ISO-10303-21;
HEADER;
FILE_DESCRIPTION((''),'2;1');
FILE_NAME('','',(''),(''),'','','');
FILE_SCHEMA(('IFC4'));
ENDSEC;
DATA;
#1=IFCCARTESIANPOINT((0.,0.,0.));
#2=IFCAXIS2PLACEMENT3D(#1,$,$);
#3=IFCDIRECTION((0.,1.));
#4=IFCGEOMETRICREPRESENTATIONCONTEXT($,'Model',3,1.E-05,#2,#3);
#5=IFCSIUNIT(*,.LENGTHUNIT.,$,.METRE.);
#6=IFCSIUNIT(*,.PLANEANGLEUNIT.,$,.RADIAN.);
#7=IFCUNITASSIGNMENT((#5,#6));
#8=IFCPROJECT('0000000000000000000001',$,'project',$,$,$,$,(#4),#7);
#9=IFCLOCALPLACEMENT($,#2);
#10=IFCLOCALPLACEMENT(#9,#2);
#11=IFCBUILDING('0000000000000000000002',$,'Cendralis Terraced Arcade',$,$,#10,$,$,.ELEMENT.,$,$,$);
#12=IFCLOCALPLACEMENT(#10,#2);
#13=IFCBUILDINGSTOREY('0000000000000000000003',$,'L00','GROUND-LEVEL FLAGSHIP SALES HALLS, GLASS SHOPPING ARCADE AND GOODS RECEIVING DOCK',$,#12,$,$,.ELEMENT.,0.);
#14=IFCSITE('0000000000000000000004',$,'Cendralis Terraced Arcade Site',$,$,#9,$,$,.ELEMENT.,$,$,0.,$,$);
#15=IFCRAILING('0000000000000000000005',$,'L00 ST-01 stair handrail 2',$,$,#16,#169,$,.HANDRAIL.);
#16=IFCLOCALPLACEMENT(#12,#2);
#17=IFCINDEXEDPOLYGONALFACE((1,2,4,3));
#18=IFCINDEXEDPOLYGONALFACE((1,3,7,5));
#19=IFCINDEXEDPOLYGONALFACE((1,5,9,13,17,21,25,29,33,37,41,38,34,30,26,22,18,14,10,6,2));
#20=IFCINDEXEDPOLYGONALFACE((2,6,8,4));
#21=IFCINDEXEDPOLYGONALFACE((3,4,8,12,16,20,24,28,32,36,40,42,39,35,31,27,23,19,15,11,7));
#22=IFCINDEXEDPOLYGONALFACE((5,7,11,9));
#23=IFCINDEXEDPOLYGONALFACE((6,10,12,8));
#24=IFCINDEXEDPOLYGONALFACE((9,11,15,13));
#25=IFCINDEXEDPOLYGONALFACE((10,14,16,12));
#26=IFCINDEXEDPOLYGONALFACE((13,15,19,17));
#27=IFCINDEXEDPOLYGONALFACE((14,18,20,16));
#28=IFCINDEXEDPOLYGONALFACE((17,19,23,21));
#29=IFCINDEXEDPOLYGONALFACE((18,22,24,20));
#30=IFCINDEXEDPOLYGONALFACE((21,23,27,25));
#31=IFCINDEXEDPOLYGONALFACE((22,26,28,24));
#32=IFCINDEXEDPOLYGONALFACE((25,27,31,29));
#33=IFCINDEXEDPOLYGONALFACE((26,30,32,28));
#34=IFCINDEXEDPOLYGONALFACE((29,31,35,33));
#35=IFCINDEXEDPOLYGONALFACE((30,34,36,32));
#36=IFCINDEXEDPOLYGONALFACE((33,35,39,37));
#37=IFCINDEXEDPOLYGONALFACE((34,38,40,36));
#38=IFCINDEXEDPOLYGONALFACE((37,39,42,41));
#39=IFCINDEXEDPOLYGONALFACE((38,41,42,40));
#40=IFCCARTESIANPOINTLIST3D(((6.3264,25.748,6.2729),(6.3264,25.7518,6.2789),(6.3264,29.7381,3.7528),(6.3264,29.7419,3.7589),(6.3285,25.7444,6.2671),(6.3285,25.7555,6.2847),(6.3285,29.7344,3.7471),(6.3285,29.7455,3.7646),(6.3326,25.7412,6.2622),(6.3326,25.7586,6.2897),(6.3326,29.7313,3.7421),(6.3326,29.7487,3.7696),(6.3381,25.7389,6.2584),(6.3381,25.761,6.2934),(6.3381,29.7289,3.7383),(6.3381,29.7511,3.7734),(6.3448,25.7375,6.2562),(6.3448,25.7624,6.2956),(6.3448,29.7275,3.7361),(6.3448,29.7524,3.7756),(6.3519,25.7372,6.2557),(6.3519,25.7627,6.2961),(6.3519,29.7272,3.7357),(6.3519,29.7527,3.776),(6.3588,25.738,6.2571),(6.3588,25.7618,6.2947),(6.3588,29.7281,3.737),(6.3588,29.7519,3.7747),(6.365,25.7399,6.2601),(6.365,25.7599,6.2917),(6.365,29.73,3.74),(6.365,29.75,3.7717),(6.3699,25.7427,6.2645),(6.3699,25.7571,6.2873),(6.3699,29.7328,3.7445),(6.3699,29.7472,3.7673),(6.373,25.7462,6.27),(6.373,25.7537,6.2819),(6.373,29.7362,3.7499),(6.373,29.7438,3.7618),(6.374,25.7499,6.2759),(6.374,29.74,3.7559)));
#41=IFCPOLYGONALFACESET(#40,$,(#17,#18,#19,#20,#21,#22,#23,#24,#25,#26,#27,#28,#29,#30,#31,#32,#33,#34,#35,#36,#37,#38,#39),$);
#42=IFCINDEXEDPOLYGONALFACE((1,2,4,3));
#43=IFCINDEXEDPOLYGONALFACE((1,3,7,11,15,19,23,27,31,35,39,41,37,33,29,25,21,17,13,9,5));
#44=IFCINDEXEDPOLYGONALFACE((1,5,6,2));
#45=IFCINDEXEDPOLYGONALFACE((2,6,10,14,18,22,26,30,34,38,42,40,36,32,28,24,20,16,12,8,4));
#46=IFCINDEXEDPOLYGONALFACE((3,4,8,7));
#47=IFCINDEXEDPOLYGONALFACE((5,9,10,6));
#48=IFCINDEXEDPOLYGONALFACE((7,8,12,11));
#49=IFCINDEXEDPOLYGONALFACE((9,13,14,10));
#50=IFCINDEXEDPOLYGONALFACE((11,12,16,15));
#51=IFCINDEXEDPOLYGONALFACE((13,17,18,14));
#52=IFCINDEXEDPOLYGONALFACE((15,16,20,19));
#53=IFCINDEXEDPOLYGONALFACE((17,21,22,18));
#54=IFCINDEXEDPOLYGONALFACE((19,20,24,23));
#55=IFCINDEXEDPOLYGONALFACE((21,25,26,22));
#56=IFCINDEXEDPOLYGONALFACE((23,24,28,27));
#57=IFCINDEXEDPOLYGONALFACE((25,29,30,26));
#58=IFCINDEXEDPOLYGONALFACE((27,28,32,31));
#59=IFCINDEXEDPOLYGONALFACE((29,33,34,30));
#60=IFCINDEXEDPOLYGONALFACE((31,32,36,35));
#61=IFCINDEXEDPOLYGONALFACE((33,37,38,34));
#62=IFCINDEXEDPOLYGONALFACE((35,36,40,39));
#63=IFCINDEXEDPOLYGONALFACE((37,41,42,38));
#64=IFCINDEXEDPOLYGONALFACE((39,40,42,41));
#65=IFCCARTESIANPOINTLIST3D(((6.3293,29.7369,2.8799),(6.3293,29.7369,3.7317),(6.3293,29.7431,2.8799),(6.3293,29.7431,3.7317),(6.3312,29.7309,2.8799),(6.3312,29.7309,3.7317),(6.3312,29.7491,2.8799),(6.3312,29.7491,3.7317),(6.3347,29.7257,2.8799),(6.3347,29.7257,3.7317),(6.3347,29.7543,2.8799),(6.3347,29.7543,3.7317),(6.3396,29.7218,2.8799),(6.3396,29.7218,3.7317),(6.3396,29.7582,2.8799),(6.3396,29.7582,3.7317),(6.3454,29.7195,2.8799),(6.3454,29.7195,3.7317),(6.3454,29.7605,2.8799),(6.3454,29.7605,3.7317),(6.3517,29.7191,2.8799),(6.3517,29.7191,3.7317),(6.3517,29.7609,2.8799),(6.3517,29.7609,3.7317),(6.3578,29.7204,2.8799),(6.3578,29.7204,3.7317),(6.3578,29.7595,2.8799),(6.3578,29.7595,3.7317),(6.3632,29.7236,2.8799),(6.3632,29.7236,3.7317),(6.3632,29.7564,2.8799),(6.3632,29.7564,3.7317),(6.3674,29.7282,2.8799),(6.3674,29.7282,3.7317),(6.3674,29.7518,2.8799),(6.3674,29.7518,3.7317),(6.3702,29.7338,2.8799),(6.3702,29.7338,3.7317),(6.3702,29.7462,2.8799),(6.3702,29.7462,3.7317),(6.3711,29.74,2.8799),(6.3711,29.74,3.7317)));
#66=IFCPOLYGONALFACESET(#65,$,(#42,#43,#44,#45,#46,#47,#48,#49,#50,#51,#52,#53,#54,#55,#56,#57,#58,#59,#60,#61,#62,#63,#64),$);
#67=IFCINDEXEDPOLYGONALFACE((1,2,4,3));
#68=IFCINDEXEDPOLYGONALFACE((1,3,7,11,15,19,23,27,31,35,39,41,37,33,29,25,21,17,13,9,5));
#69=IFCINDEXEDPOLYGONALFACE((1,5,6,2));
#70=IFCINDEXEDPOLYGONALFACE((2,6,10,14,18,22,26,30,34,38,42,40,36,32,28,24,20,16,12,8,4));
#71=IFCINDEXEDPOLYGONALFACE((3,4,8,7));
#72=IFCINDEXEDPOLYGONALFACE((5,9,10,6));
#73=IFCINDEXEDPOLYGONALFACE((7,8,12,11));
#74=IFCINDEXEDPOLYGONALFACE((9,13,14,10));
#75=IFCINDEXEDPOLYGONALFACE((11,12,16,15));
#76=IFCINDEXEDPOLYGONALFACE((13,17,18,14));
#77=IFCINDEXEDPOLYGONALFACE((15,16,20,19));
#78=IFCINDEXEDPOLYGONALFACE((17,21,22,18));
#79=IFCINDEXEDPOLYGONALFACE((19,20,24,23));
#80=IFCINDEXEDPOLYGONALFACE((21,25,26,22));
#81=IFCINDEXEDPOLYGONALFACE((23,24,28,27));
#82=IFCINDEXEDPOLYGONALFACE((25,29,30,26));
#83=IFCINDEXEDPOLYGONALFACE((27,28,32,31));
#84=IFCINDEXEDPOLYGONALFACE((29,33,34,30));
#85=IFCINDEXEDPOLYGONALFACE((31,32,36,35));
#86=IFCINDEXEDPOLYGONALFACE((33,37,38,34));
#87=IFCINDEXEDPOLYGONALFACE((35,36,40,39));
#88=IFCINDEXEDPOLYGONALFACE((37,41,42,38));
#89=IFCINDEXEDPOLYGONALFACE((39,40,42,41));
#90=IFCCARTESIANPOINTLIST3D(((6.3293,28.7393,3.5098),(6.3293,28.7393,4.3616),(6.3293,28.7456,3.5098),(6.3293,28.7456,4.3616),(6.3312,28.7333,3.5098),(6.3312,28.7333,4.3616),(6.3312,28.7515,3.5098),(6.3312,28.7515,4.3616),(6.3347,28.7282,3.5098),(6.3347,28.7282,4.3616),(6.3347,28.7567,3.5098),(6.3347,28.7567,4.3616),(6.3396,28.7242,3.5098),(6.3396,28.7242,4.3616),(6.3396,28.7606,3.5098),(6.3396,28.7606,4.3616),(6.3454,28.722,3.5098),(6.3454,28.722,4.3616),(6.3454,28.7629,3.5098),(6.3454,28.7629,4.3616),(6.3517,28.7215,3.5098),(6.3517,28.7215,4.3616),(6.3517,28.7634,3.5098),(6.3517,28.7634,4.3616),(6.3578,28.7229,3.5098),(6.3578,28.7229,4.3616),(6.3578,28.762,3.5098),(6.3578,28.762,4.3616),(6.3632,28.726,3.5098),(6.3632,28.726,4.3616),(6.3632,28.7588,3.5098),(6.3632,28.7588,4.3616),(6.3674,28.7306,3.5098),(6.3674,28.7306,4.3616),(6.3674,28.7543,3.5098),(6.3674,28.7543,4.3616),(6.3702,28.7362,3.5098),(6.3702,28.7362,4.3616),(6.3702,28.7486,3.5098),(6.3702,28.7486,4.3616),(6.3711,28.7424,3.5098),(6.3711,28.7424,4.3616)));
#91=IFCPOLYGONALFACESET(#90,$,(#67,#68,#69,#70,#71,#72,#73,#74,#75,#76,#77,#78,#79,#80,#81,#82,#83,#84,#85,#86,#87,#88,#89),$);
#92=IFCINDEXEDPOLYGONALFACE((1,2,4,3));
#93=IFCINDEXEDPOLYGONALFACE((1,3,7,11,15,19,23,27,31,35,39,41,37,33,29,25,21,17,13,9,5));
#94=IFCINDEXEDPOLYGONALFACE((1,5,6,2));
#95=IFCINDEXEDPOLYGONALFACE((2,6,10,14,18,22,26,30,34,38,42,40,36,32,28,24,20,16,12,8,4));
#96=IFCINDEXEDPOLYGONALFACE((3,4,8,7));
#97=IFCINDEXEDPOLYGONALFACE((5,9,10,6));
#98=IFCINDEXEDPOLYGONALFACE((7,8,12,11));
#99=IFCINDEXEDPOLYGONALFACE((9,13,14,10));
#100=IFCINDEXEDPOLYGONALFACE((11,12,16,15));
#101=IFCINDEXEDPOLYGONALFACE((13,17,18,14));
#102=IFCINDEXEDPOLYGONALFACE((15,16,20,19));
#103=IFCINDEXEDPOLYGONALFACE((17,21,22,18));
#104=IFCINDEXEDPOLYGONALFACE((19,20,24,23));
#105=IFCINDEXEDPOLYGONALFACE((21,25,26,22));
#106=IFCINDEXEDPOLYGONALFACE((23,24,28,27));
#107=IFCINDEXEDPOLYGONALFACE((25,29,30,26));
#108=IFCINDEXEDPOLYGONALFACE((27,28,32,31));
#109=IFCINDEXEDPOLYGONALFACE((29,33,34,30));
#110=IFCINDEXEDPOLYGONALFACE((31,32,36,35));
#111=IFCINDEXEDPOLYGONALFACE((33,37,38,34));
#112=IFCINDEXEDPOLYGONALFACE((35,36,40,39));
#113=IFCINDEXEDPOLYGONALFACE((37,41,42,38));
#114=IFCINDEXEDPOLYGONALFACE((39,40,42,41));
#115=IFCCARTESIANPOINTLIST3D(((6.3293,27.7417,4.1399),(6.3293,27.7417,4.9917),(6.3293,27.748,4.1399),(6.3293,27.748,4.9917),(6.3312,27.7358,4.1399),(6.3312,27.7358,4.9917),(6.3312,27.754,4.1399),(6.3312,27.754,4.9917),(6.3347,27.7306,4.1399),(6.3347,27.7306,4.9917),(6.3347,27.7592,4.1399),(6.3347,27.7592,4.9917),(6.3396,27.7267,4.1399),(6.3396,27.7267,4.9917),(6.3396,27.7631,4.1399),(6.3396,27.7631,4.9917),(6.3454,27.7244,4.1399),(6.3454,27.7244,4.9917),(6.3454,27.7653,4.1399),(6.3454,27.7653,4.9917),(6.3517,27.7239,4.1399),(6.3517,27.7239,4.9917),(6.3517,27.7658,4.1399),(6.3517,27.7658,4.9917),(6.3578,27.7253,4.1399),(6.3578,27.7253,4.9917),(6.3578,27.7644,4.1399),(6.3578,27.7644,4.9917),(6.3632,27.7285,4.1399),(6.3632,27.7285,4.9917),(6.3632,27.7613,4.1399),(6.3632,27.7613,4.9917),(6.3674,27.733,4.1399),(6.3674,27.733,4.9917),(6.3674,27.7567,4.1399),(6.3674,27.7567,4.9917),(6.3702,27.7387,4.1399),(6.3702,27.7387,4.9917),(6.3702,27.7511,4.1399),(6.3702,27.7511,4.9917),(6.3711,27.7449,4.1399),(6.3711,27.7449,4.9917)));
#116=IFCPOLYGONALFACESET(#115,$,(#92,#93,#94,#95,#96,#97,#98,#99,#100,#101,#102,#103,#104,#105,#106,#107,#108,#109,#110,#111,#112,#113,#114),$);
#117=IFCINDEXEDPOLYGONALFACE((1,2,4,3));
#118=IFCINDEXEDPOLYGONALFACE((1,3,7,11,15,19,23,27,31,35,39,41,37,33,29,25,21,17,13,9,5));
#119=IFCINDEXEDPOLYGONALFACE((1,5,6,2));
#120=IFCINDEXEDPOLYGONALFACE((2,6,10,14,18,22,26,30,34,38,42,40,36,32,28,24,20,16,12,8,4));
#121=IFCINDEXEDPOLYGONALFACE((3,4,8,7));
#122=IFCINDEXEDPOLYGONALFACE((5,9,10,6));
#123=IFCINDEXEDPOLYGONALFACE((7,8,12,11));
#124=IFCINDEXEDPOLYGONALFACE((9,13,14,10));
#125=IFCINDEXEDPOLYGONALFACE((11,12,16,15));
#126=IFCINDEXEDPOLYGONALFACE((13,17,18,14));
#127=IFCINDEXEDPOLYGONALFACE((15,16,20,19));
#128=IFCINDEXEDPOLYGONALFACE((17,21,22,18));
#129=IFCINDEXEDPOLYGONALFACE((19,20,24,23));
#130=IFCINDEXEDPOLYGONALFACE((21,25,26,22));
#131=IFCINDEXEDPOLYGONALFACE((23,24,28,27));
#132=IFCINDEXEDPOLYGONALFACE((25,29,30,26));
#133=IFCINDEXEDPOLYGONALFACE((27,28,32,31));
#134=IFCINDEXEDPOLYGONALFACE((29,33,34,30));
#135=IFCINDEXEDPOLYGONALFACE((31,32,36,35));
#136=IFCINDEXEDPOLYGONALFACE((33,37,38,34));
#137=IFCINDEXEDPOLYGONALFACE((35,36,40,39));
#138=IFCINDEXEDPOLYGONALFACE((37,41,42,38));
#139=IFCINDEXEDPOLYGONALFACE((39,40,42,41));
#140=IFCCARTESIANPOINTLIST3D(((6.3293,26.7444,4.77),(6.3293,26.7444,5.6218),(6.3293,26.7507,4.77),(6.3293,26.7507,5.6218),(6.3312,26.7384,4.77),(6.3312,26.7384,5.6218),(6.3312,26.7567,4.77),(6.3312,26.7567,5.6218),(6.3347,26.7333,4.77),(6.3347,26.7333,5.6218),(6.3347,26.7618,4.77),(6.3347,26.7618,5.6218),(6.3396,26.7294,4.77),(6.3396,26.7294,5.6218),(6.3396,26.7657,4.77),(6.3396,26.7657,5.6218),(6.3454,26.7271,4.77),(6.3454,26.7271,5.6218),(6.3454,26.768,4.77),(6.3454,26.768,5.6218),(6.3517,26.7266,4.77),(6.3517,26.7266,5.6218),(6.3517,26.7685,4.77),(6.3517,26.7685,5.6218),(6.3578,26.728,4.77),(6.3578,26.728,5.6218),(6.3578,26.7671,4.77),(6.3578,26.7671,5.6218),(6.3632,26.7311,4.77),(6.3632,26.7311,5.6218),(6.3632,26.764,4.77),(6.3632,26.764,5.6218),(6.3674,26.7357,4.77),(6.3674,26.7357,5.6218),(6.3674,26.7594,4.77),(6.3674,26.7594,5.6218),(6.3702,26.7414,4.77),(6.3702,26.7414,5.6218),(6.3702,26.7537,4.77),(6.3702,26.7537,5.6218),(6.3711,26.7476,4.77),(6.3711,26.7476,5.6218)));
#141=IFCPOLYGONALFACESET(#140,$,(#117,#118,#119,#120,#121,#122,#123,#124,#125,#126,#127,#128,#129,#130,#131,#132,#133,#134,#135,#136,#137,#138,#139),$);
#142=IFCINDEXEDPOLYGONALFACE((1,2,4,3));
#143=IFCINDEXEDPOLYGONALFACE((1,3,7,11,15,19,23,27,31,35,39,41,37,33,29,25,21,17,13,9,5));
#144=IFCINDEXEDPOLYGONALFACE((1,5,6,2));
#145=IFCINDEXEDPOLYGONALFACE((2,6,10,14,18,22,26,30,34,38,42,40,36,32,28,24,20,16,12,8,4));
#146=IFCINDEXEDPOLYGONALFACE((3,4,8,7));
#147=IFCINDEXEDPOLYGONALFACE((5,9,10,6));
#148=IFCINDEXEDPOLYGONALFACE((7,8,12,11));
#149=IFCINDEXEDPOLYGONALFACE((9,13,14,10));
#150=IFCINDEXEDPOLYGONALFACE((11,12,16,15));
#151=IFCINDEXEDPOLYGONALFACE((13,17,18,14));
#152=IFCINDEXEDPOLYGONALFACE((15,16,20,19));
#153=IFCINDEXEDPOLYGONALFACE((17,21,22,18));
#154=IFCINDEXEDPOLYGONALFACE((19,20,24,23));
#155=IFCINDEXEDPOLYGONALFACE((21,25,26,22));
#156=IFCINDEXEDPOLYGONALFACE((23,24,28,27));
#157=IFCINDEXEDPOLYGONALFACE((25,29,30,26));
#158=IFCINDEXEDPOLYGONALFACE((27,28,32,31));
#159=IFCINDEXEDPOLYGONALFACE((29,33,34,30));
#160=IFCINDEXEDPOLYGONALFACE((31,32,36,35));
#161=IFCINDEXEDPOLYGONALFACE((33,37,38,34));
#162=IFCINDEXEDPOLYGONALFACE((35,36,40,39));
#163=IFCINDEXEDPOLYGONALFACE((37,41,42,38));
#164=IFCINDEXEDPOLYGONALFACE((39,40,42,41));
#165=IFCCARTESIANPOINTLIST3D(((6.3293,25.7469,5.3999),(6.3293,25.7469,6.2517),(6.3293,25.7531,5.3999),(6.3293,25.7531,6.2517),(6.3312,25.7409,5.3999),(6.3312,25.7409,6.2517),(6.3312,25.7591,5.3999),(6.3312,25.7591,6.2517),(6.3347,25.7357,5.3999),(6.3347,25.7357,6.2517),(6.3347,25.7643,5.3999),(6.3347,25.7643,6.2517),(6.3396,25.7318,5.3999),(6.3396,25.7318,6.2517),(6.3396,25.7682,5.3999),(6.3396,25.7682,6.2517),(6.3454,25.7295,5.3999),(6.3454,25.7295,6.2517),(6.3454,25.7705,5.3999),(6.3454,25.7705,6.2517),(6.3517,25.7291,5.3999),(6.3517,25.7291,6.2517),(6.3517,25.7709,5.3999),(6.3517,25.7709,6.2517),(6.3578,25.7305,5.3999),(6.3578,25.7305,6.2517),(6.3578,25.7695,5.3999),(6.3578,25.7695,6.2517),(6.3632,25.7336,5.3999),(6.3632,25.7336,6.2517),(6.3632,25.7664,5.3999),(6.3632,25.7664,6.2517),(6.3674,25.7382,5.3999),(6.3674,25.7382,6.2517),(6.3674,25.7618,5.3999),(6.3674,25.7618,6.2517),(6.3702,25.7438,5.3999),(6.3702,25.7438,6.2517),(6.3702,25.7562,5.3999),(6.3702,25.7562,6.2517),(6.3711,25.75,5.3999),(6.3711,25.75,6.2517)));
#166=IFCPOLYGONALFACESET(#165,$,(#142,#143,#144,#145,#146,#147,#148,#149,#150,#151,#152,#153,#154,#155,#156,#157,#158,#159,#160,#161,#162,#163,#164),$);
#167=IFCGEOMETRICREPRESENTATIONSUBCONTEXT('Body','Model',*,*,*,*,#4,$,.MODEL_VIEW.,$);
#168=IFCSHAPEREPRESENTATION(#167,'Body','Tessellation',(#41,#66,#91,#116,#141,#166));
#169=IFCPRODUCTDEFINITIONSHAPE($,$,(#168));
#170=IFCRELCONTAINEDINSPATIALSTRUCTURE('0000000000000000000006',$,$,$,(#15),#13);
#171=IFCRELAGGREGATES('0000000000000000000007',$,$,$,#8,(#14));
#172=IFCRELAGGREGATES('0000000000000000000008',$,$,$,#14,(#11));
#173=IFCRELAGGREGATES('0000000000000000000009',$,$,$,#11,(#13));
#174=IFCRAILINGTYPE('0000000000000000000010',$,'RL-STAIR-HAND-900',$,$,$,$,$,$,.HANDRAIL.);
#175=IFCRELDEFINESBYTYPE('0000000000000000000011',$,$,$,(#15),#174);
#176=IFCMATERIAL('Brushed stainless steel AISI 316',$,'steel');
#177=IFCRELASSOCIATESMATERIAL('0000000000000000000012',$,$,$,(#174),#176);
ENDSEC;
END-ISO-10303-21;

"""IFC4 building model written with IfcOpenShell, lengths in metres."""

from ifc_helpers import new_model, si_unit, direction, frame, origin, origin_2d, place, context, subcontext, project, spatial, circle, extrude, material, type_object, element, save


model = new_model("IFC4")

# Units and contexts
model_context = context("Model", 3, precision=1e-05, world=origin(), true_north=direction((0.0, 1.0)))
body_context = subcontext(model_context, "Body", "Model", "MODEL_VIEW")
ifc_project = project(units=[si_unit("LENGTHUNIT", "METRE"), si_unit("PLANEANGLEUNIT", "RADIAN")], contexts=[model_context])

# Site, building, storey
site_placement = place(None, origin())
site = spatial("IfcSite", under=ifc_project, at=site_placement, Name="Cendralis Terraced Arcade Site", CompositionType="ELEMENT", RefElevation=0.0)
building_placement = place(site_placement, origin())
building = spatial("IfcBuilding", under=site, at=building_placement, Name="Cendralis Terraced Arcade", CompositionType="ELEMENT")
storey_placement = place(building_placement, origin())
storey = spatial("IfcBuildingStorey", under=building, at=storey_placement, Name="L00", Description="GROUND-LEVEL FLAGSHIP SALES HALLS, GLASS SHOPPING ARCADE AND GOODS RECEIVING DOCK", CompositionType="ELEMENT", Elevation=0.0)

# Railing
ifc_material_1 = material(Name="Brushed stainless steel AISI 316", Category="steel")
railing_type_1 = type_object("IfcRailingType", Name="RL-STAIR-HAND-900", PredefinedType="HANDRAIL", material=ifc_material_1)
railing_1_placement = place(storey_placement, frame((6.3501, 29.74, 2.8799)))
element("IfcRailing", 1, at=railing_1_placement, inside=storey, type_object=railing_type_1, Name="L00 ST-01 stair handrail 2", PredefinedType="HANDRAIL", context=body_context, shape_type="SweptSolid", body=[
    extrude(circle(Radius=0.0239, at=origin_2d()), frame((0.0, 0.0, 0.876), z_axis=(0.0, -0.845486, 0.533997), x_axis=(1.0, 0.0, 0.0)), (0.0, 0.0, 1.0), 4.7192),
    extrude(circle(Radius=0.021, at=origin_2d()), origin(), (0.0, 0.0, 1.0), 0.8518),
    extrude(circle(Radius=0.021, at=origin_2d()), frame((0.0, -0.9976, 0.6299)), (0.0, 0.0, 1.0), 0.8518),
    extrude(circle(Radius=0.021, at=origin_2d()), frame((0.0, -1.9951, 1.26)), (0.0, 0.0, 1.0), 0.8518),
    extrude(circle(Radius=0.021, at=origin_2d()), frame((0.0, -2.9924, 1.8901)), (0.0, 0.0, 1.0), 0.8518),
    extrude(circle(Radius=0.021, at=origin_2d()), frame((0.0, -3.99, 2.52)), (0.0, 0.0, 1.0), 0.8518),
])

save(model, "model.ifc")
